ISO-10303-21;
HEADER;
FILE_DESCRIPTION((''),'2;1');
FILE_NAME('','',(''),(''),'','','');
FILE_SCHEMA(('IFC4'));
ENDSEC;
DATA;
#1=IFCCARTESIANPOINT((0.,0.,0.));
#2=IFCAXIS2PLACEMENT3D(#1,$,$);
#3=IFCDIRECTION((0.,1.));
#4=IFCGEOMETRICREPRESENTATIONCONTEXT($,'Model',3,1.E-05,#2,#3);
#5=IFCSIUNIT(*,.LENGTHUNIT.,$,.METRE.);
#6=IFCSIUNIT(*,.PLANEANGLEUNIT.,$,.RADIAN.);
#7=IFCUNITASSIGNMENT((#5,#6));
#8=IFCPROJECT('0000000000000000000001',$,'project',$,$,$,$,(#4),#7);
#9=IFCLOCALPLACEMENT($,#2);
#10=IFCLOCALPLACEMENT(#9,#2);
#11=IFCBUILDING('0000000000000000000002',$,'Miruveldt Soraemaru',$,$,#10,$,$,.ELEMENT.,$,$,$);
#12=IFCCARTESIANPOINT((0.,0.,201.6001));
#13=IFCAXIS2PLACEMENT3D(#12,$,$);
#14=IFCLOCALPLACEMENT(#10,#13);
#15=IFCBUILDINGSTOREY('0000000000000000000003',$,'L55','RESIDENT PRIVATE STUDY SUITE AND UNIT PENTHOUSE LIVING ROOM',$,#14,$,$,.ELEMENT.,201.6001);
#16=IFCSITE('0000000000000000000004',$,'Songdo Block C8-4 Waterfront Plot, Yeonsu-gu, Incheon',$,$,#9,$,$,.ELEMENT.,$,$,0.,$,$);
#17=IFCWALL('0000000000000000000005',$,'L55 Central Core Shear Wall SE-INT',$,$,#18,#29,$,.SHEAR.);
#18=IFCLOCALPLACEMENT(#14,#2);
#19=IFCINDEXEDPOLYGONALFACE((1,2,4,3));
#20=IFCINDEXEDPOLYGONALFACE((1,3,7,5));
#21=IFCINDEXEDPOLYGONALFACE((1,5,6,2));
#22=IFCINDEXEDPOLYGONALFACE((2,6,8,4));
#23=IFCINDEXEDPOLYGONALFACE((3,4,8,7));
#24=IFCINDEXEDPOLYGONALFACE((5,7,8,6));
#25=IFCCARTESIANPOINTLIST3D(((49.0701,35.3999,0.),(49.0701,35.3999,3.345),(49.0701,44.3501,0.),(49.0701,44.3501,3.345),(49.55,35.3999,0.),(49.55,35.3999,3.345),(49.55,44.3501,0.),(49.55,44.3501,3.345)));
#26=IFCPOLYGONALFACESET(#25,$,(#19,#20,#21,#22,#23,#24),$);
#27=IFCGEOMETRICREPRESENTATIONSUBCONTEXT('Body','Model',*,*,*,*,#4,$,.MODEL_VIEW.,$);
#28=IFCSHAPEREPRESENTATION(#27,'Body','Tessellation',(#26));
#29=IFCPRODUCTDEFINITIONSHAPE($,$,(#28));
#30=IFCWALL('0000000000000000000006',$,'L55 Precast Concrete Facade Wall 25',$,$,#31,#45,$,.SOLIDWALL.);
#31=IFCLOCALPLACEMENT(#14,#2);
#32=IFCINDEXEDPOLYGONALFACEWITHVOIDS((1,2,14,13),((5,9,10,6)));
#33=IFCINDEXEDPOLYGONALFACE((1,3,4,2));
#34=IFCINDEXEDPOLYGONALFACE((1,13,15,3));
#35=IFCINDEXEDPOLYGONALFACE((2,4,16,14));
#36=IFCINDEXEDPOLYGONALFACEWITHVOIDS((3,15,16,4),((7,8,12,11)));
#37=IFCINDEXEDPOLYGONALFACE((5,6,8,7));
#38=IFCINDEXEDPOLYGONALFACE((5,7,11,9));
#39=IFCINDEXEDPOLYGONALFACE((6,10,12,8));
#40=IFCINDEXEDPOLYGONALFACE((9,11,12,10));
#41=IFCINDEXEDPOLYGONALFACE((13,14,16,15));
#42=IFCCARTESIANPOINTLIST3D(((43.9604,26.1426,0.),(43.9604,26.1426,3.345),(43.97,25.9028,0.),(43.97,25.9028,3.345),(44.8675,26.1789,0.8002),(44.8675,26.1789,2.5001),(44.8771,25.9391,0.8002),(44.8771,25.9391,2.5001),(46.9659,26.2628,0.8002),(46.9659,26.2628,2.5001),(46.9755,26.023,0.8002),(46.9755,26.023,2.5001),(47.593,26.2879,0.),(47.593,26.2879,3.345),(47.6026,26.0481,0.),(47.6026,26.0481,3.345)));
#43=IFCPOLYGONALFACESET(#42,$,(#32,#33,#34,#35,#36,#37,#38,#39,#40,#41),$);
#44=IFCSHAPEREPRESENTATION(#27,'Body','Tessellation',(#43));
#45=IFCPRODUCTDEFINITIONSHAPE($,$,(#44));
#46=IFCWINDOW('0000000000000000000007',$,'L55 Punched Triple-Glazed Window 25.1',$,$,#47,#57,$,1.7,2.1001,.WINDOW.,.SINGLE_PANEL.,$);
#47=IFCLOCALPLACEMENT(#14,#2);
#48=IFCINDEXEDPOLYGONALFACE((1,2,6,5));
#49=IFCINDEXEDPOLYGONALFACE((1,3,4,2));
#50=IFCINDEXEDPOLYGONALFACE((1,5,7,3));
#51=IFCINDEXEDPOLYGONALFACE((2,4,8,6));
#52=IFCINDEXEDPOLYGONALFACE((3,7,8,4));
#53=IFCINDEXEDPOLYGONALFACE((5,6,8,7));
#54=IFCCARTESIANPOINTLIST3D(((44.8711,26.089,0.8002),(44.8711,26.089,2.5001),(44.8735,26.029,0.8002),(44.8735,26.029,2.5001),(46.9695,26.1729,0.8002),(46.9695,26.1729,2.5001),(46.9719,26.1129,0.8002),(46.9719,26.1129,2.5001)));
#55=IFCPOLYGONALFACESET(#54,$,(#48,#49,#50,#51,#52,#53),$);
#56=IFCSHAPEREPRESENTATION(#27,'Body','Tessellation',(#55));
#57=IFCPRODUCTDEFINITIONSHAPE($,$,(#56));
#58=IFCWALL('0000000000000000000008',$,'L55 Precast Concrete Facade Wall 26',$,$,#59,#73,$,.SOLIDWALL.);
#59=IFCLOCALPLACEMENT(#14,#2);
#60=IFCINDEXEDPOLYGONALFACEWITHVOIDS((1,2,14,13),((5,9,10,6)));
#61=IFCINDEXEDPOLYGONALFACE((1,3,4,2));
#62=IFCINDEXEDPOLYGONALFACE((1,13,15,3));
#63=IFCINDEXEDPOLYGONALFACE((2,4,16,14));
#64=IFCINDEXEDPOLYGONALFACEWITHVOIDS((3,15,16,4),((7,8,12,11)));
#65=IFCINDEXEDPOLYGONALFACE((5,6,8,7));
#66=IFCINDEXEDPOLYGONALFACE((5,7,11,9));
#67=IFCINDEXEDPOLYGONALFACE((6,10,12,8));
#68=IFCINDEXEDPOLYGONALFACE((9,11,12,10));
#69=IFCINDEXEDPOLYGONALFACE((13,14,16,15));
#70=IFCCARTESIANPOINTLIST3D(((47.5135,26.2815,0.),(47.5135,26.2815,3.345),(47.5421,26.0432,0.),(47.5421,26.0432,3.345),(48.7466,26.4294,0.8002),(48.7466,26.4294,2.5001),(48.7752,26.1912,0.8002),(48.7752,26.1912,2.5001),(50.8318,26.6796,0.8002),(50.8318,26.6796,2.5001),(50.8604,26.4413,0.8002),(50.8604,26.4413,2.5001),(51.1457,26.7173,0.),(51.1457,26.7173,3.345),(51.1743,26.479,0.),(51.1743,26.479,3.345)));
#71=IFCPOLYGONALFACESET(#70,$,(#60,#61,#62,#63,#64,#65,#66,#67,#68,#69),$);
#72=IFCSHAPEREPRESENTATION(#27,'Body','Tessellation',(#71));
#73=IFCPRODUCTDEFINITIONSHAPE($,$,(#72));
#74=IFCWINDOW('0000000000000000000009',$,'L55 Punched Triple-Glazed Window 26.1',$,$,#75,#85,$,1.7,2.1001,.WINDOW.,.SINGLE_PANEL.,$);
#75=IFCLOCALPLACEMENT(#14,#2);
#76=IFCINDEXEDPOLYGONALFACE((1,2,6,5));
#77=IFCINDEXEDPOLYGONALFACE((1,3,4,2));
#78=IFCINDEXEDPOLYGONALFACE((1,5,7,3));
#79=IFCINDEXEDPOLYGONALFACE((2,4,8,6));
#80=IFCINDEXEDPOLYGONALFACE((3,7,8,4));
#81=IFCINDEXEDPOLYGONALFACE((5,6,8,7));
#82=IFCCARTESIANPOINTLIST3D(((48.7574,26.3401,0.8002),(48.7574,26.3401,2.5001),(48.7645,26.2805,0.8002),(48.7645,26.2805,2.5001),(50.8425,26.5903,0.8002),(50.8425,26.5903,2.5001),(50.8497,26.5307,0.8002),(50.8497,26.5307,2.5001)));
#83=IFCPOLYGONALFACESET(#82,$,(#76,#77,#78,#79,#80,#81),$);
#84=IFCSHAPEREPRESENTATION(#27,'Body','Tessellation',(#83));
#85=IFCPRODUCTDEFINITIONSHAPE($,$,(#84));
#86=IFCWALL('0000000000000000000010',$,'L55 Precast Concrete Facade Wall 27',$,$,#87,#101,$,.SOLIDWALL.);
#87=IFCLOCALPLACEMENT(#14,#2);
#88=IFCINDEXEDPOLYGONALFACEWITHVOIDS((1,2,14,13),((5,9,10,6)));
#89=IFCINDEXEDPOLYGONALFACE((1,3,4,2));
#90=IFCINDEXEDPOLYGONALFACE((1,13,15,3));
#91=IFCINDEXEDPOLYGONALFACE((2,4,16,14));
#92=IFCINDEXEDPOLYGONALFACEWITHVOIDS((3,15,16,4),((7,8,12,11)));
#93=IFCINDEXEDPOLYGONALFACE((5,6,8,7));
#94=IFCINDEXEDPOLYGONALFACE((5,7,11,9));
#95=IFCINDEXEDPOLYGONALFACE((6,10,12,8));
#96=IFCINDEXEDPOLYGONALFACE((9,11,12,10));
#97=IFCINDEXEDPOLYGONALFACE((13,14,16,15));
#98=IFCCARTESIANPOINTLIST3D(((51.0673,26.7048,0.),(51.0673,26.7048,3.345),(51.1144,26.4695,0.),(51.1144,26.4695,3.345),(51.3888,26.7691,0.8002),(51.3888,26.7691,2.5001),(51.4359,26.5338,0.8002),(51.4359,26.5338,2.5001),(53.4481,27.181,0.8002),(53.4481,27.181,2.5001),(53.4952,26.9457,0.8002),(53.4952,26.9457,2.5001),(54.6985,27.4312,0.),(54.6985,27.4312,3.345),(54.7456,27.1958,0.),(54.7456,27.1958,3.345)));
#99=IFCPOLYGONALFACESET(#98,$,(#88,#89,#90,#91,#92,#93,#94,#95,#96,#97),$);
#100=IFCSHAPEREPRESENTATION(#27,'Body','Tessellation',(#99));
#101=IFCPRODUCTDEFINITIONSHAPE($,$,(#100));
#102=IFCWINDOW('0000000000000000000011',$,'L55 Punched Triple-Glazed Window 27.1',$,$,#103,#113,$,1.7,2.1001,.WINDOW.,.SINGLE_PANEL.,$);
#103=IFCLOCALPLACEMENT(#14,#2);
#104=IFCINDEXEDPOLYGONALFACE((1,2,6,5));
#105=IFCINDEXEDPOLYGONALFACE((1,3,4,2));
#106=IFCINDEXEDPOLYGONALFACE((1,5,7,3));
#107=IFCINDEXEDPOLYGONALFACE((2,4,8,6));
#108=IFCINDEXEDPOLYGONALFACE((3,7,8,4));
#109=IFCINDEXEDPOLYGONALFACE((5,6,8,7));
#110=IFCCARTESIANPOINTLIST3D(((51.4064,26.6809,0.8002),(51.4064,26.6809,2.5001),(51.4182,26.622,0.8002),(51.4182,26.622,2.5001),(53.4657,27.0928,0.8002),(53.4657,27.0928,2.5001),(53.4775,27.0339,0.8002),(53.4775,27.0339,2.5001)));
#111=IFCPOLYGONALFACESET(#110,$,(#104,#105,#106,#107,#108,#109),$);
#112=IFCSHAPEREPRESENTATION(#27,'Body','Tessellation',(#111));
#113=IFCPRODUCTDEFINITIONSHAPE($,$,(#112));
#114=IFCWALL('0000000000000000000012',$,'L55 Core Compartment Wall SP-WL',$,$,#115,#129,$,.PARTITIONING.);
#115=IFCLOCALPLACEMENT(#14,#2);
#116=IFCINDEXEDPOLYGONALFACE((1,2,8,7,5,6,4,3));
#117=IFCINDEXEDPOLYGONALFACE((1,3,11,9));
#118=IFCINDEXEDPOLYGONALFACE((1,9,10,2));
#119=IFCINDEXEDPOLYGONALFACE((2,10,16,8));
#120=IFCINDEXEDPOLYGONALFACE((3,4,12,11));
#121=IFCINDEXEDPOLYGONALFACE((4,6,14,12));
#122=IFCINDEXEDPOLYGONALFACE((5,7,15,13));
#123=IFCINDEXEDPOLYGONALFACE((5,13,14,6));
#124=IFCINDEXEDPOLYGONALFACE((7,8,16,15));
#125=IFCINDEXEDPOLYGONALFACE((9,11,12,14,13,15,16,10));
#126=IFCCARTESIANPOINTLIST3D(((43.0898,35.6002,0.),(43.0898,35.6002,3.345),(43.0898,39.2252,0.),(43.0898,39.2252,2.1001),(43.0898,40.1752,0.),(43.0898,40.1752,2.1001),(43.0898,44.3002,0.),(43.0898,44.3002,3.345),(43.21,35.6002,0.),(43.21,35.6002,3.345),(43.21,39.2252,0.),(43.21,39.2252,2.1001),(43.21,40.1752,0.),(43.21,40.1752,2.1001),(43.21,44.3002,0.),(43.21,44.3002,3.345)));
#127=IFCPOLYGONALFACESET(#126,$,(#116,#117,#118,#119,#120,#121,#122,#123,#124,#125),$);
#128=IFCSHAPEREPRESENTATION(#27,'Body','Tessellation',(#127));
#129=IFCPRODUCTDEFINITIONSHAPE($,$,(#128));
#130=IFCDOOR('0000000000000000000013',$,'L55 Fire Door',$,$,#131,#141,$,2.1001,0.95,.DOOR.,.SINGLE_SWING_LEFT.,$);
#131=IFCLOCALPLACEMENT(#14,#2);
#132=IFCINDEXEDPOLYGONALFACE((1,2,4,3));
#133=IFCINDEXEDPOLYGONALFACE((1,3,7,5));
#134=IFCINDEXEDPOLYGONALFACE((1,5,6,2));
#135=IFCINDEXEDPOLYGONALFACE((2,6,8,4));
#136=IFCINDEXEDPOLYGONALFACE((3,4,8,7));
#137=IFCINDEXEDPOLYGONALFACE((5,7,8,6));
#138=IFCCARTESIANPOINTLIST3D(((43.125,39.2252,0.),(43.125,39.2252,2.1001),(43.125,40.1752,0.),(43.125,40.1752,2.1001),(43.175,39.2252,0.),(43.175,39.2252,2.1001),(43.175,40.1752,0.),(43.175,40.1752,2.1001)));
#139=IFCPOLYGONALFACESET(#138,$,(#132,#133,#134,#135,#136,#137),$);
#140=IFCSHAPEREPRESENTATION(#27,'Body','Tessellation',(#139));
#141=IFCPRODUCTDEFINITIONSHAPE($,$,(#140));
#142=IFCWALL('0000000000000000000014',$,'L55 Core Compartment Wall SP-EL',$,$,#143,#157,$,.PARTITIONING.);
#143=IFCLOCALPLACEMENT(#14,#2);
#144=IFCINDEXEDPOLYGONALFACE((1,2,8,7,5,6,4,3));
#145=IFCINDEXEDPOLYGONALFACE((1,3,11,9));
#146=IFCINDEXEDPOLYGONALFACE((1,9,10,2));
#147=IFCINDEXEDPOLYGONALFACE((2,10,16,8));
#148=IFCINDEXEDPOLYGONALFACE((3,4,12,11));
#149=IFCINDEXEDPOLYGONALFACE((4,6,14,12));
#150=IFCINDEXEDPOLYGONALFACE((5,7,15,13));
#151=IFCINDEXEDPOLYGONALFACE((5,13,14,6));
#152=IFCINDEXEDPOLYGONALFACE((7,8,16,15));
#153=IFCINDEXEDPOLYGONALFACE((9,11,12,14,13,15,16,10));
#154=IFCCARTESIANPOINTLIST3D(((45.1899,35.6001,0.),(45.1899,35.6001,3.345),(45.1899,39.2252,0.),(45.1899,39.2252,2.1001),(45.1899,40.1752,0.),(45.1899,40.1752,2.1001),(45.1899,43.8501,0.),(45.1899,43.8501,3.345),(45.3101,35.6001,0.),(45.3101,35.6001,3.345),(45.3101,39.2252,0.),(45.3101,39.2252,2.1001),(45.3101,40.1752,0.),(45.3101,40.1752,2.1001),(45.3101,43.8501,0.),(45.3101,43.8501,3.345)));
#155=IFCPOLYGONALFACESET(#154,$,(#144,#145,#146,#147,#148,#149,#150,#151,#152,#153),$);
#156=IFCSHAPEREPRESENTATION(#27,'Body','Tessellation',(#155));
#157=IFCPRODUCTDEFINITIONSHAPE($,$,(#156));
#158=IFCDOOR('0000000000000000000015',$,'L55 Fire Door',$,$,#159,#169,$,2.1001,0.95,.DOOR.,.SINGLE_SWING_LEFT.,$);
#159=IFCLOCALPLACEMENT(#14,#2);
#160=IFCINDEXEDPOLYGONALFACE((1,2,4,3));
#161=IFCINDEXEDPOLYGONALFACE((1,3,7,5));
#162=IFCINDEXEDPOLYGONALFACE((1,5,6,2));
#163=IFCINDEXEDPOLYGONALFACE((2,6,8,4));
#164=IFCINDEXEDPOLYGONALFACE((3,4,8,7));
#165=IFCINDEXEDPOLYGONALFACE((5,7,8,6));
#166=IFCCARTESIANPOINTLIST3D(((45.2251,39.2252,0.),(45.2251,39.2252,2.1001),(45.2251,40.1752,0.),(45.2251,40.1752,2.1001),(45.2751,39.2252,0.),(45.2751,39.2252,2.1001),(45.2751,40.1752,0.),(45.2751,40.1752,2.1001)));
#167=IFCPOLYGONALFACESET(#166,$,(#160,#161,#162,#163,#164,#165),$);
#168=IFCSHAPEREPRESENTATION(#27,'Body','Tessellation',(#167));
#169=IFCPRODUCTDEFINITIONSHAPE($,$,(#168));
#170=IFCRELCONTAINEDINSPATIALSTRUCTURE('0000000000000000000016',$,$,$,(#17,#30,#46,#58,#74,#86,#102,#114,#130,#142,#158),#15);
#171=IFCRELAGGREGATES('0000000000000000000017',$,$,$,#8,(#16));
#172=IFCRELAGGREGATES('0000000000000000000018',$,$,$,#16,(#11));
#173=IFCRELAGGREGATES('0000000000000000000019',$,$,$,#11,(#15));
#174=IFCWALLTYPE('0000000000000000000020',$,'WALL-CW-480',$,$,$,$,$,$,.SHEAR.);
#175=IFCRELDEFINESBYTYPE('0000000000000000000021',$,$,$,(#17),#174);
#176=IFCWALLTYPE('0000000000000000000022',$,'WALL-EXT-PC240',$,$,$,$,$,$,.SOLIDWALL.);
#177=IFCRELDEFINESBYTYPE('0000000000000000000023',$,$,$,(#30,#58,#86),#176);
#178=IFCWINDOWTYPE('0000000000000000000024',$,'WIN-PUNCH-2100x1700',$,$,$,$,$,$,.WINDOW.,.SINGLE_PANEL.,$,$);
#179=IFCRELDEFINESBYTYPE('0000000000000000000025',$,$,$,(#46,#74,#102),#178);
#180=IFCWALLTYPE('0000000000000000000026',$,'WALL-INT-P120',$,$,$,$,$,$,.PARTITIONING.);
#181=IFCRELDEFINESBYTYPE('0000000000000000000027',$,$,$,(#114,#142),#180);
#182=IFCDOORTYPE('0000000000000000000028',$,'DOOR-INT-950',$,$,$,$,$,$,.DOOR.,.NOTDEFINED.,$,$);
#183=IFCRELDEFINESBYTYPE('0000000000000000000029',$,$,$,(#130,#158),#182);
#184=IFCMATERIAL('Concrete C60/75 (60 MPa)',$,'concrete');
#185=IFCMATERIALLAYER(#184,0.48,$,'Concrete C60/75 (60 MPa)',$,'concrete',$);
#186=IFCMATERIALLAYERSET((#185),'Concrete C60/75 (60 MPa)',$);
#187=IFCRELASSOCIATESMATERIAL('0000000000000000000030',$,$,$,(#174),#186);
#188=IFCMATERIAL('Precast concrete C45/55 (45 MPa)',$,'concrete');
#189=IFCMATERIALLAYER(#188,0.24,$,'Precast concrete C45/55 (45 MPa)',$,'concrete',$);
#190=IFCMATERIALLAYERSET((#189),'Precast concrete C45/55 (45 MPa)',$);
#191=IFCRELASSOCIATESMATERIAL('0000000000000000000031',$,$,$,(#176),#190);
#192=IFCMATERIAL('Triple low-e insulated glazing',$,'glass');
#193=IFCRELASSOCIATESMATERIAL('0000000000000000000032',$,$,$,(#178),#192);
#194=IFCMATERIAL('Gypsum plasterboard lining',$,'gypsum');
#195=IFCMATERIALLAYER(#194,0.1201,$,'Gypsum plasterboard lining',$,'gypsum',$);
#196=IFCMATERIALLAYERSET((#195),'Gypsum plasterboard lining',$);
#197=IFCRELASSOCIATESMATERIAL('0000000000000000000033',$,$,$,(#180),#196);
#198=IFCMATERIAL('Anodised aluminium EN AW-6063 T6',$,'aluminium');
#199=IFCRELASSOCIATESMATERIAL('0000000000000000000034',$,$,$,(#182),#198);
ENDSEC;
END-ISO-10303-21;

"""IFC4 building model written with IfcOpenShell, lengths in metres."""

from ifc_helpers import new_model, si_unit, direction, frame, frame_2d, origin, place, context, subcontext, project, spatial, rectangle, extrude, material, layer, layer_set, type_object, element, fill, save


model = new_model("IFC4")

# Units and contexts
model_context = context("Model", 3, precision=1e-05, world=origin(), true_north=direction((0.0, 1.0)))
body_context = subcontext(model_context, "Body", "Model", "MODEL_VIEW")
ifc_project = project(units=[si_unit("LENGTHUNIT", "METRE"), si_unit("PLANEANGLEUNIT", "RADIAN")], contexts=[model_context])

# Site, building, storey
site_placement = place(None, origin())
site = spatial("IfcSite", under=ifc_project, at=site_placement, Name="Songdo Block C8-4 Waterfront Plot, Yeonsu-gu, Incheon", CompositionType="ELEMENT", RefElevation=0.0)
building_placement = place(site_placement, origin())
building = spatial("IfcBuilding", under=site, at=building_placement, Name="Miruveldt Soraemaru", CompositionType="ELEMENT")
storey_placement = place(building_placement, frame((0.0, 0.0, 201.6001)))
storey = spatial("IfcBuildingStorey", under=building, at=storey_placement, Name="L55", Description="RESIDENT PRIVATE STUDY SUITE AND UNIT PENTHOUSE LIVING ROOM", CompositionType="ELEMENT", Elevation=201.6001)

# Shared definitions
ifc_material_1 = material(Name="Concrete C60/75 (60 MPa)", Category="concrete")

# Shared definitions
ifc_material_2 = material(Name="Anodised aluminium EN AW-6063 T6", Category="aluminium")

# Wall
ifc_layer_1 = layer(ifc_material_1, 0.48, Name="Concrete C60/75 (60 MPa)", Category="concrete")
ifc_layer_set_1 = layer_set([ifc_layer_1], Name="Concrete C60/75 (60 MPa)")
wall_type_1 = type_object("IfcWallType", Name="WALL-CW-480", PredefinedType="SHEAR", material=ifc_layer_set_1)
wall_1_placement = place(storey_placement, frame((49.3101, 35.3999, 0.0), z_axis=(0.0, 0.0, 1.0), x_axis=(0.0, 1.0, 0.0)))
element("IfcWall", 1, at=wall_1_placement, inside=storey, type_object=wall_type_1, Name="L55 Central Core Shear Wall SE-INT", PredefinedType="SHEAR", context=body_context, shape_type="SweptSolid", body=[
    extrude(rectangle(XDim=8.9502, YDim=0.48, at=frame_2d((4.4751, 0.0))), origin(), (0.0, 0.0, 1.0), 3.345),
])

# Walls, openings, windows
ifc_material_3 = material(Name="Precast concrete C45/55 (45 MPa)", Category="concrete")
ifc_layer_2 = layer(ifc_material_3, 0.24, Name="Precast concrete C45/55 (45 MPa)", Category="concrete")
ifc_layer_set_2 = layer_set([ifc_layer_2], Name="Precast concrete C45/55 (45 MPa)")
wall_type_2 = type_object("IfcWallType", Name="WALL-EXT-PC240", PredefinedType="SOLIDWALL", material=ifc_layer_set_2)
wall_2_placement = place(storey_placement, frame((43.9651, 26.0227, 0.0), z_axis=(0.0, 0.0, 1.0), x_axis=(0.999201, 0.039957, 0.0)))
wall_2 = element("IfcWall", 2, at=wall_2_placement, inside=storey, type_object=wall_type_2, Name="L55 Precast Concrete Facade Wall 25", PredefinedType="SOLIDWALL", context=body_context, shape_type="SweptSolid", body=[
    extrude(rectangle(XDim=3.6355, YDim=0.24, at=frame_2d((1.8179, 0.0))), origin(), (0.0, 0.0, 1.0), 3.345),
])
opening_1_placement = place(wall_2_placement, frame((0.908, 0.0, 0.8)))
opening_1 = element("IfcOpeningElement", 3, at=opening_1_placement, cuts=wall_2, PredefinedType="OPENING", context=body_context, shape_type="SweptSolid", body=[
    extrude(rectangle(XDim=2.1001, YDim=1.7, at=frame_2d((1.05, 0.8501))), frame((0.0, 0.1299, 0.0), z_axis=(0.0, -1.0, 0.0), x_axis=(1.0, 0.0, 0.0)), (0.0, 0.0, 1.0), 0.26),
])
ifc_material_4 = material(Name="Triple low-e insulated glazing", Category="glass")
window_type = type_object("IfcWindowType", Name="WIN-PUNCH-2100x1700", PartitioningType="SINGLE_PANEL", PredefinedType="WINDOW", material=ifc_material_4)
window_1_placement = place(opening_1_placement, origin())
window_1 = element("IfcWindow", 4, at=window_1_placement, inside=storey, type_object=window_type, Name="L55 Punched Triple-Glazed Window 25.1", OverallHeight=1.7, OverallWidth=2.1001, PartitioningType="SINGLE_PANEL", PredefinedType="WINDOW", context=body_context, shape_type="SweptSolid", body=[
    extrude(rectangle(XDim=2.1001, YDim=1.7, at=frame_2d((1.05, 0.8501))), frame((0.0, 0.03, 0.0), z_axis=(0.0, -1.0, 0.0), x_axis=(1.0, 0.0, 0.0)), (0.0, 0.0, 1.0), 0.0601),
])
fill(opening_1, window_1)
wall_3_placement = place(storey_placement, frame((47.5278, 26.1624, 0.0), z_axis=(0.0, 0.0, 1.0), x_axis=(0.992879, 0.119129, 0.0)))
wall_3 = element("IfcWall", 5, at=wall_3_placement, inside=storey, type_object=wall_type_2, Name="L55 Precast Concrete Facade Wall 26", PredefinedType="SOLIDWALL", context=body_context, shape_type="SweptSolid", body=[
    extrude(rectangle(XDim=3.6582, YDim=0.24, at=frame_2d((1.8291, 0.0))), origin(), (0.0, 0.0, 1.0), 3.345),
])
opening_2_placement = place(wall_3_placement, frame((1.2419, 0.0, 0.8)))
opening_2 = element("IfcOpeningElement", 6, at=opening_2_placement, cuts=wall_3, PredefinedType="OPENING", context=body_context, shape_type="SweptSolid", body=[
    extrude(rectangle(XDim=2.1001, YDim=1.7, at=frame_2d((1.05, 0.8501))), frame((0.0, 0.1299, 0.0), z_axis=(0.0, -1.0, 0.0), x_axis=(1.0, 0.0, 0.0)), (0.0, 0.0, 1.0), 0.26),
])
window_2_placement = place(opening_2_placement, origin())
window_2 = element("IfcWindow", 7, at=window_2_placement, inside=storey, type_object=window_type, Name="L55 Punched Triple-Glazed Window 26.1", OverallHeight=1.7, OverallWidth=2.1001, PartitioningType="SINGLE_PANEL", PredefinedType="WINDOW", context=body_context, shape_type="SweptSolid", body=[
    extrude(rectangle(XDim=2.1001, YDim=1.7, at=frame_2d((1.05, 0.8501))), frame((0.0, 0.03, 0.0), z_axis=(0.0, -1.0, 0.0), x_axis=(1.0, 0.0, 0.0)), (0.0, 0.0, 1.0), 0.0601),
])
fill(opening_2, window_2)
wall_4_placement = place(storey_placement, frame((51.0908, 26.5872, 0.0), z_axis=(0.0, 0.0, 1.0), x_axis=(0.980576, 0.196141, 0.0)))
wall_4 = element("IfcWall", 8, at=wall_4_placement, inside=storey, type_object=wall_type_2, Name="L55 Precast Concrete Facade Wall 27", PredefinedType="SOLIDWALL", context=body_context, shape_type="SweptSolid", body=[
    extrude(rectangle(XDim=3.7031, YDim=0.24, at=frame_2d((1.8516, 0.0))), origin(), (0.0, 0.0, 1.0), 3.345),
])
opening_3_placement = place(wall_4_placement, frame((0.3279, 0.0, 0.8)))
opening_3 = element("IfcOpeningElement", 9, at=opening_3_placement, cuts=wall_4, PredefinedType="OPENING", context=body_context, shape_type="SweptSolid", body=[
    extrude(rectangle(XDim=2.1001, YDim=1.7, at=frame_2d((1.05, 0.8501))), frame((0.0, 0.1299, 0.0), z_axis=(0.0, -1.0, 0.0), x_axis=(1.0, 0.0, 0.0)), (0.0, 0.0, 1.0), 0.26),
])
window_3_placement = place(opening_3_placement, origin())
window_3 = element("IfcWindow", 10, at=window_3_placement, inside=storey, type_object=window_type, Name="L55 Punched Triple-Glazed Window 27.1", OverallHeight=1.7, OverallWidth=2.1001, PartitioningType="SINGLE_PANEL", PredefinedType="WINDOW", context=body_context, shape_type="SweptSolid", body=[
    extrude(rectangle(XDim=2.1001, YDim=1.7, at=frame_2d((1.05, 0.8501))), frame((0.0, 0.03, 0.0), z_axis=(0.0, -1.0, 0.0), x_axis=(1.0, 0.0, 0.0)), (0.0, 0.0, 1.0), 0.0601),
])
fill(opening_3, window_3)

# Walls, openings, doors
ifc_material_5 = material(Name="Gypsum plasterboard lining", Category="gypsum")
ifc_layer_3 = layer(ifc_material_5, 0.1201, Name="Gypsum plasterboard lining", Category="gypsum")
ifc_layer_set_3 = layer_set([ifc_layer_3], Name="Gypsum plasterboard lining")
wall_type_3 = type_object("IfcWallType", Name="WALL-INT-P120", PredefinedType="PARTITIONING", material=ifc_layer_set_3)
wall_5_placement = place(storey_placement, frame((43.1499, 35.6001, 0.0), z_axis=(0.0, 0.0, 1.0), x_axis=(0.0, 1.0, 0.0)))
wall_5 = element("IfcWall", 11, at=wall_5_placement, inside=storey, type_object=wall_type_3, Name="L55 Core Compartment Wall SP-WL", PredefinedType="PARTITIONING", context=body_context, shape_type="SweptSolid", body=[
    extrude(rectangle(XDim=8.7, YDim=0.1201, at=frame_2d((4.3501, 0.0))), origin(), (0.0, 0.0, 1.0), 3.345),
])
opening_4_placement = place(wall_5_placement, frame((3.625, 0.0, 0.0)))
opening_4 = element("IfcOpeningElement", 12, at=opening_4_placement, cuts=wall_5, PredefinedType="OPENING", context=body_context, shape_type="SweptSolid", body=[
    extrude(rectangle(XDim=0.95, YDim=2.1001, at=frame_2d((0.4751, 1.05))), frame((0.0, 0.0701, 0.0), z_axis=(0.0, -1.0, 0.0), x_axis=(1.0, 0.0, 0.0)), (0.0, 0.0, 1.0), 0.1401),
])
door_type_1 = type_object("IfcDoorType", Name="DOOR-INT-950", OperationType="NOTDEFINED", PredefinedType="DOOR", material=ifc_material_2)
door_1_placement = place(opening_4_placement, origin())
door_1 = element("IfcDoor", 13, at=door_1_placement, inside=storey, type_object=door_type_1, Name="L55 Fire Door", OperationType="SINGLE_SWING_LEFT", OverallHeight=2.1001, OverallWidth=0.95, PredefinedType="DOOR", context=body_context, shape_type="SweptSolid", body=[
    extrude(rectangle(XDim=0.95, YDim=2.1001, at=frame_2d((0.4751, 1.05))), frame((0.0, 0.0249, 0.0), z_axis=(0.0, -1.0, 0.0), x_axis=(1.0, 0.0, 0.0)), (0.0, 0.0, 1.0), 0.05),
])
fill(opening_4, door_1)
wall_6_placement = place(storey_placement, frame((45.25, 35.6001, 0.0), z_axis=(0.0, 0.0, 1.0), x_axis=(0.0, 1.0, 0.0)))
wall_6 = element("IfcWall", 14, at=wall_6_placement, inside=storey, type_object=wall_type_3, Name="L55 Core Compartment Wall SP-EL", PredefinedType="PARTITIONING", context=body_context, shape_type="SweptSolid", body=[
    extrude(rectangle(XDim=8.25, YDim=0.1201, at=frame_2d((4.125, 0.0))), origin(), (0.0, 0.0, 1.0), 3.345),
])
opening_5_placement = place(wall_6_placement, frame((3.625, 0.0, 0.0)))
opening_5 = element("IfcOpeningElement", 15, at=opening_5_placement, cuts=wall_6, PredefinedType="OPENING", context=body_context, shape_type="SweptSolid", body=[
    extrude(rectangle(XDim=0.95, YDim=2.1001, at=frame_2d((0.4751, 1.05))), frame((0.0, 0.0701, 0.0), z_axis=(0.0, -1.0, 0.0), x_axis=(1.0, 0.0, 0.0)), (0.0, 0.0, 1.0), 0.1401),
])
door_2_placement = place(opening_5_placement, origin())
door_2 = element("IfcDoor", 16, at=door_2_placement, inside=storey, type_object=door_type_1, Name="L55 Fire Door", OperationType="SINGLE_SWING_LEFT", OverallHeight=2.1001, OverallWidth=0.95, PredefinedType="DOOR", context=body_context, shape_type="SweptSolid", body=[
    extrude(rectangle(XDim=0.95, YDim=2.1001, at=frame_2d((0.4751, 1.05))), frame((0.0, 0.0249, 0.0), z_axis=(0.0, -1.0, 0.0), x_axis=(1.0, 0.0, 0.0)), (0.0, 0.0, 1.0), 0.05),
])
fill(opening_5, door_2)

save(model, "model.ifc")
